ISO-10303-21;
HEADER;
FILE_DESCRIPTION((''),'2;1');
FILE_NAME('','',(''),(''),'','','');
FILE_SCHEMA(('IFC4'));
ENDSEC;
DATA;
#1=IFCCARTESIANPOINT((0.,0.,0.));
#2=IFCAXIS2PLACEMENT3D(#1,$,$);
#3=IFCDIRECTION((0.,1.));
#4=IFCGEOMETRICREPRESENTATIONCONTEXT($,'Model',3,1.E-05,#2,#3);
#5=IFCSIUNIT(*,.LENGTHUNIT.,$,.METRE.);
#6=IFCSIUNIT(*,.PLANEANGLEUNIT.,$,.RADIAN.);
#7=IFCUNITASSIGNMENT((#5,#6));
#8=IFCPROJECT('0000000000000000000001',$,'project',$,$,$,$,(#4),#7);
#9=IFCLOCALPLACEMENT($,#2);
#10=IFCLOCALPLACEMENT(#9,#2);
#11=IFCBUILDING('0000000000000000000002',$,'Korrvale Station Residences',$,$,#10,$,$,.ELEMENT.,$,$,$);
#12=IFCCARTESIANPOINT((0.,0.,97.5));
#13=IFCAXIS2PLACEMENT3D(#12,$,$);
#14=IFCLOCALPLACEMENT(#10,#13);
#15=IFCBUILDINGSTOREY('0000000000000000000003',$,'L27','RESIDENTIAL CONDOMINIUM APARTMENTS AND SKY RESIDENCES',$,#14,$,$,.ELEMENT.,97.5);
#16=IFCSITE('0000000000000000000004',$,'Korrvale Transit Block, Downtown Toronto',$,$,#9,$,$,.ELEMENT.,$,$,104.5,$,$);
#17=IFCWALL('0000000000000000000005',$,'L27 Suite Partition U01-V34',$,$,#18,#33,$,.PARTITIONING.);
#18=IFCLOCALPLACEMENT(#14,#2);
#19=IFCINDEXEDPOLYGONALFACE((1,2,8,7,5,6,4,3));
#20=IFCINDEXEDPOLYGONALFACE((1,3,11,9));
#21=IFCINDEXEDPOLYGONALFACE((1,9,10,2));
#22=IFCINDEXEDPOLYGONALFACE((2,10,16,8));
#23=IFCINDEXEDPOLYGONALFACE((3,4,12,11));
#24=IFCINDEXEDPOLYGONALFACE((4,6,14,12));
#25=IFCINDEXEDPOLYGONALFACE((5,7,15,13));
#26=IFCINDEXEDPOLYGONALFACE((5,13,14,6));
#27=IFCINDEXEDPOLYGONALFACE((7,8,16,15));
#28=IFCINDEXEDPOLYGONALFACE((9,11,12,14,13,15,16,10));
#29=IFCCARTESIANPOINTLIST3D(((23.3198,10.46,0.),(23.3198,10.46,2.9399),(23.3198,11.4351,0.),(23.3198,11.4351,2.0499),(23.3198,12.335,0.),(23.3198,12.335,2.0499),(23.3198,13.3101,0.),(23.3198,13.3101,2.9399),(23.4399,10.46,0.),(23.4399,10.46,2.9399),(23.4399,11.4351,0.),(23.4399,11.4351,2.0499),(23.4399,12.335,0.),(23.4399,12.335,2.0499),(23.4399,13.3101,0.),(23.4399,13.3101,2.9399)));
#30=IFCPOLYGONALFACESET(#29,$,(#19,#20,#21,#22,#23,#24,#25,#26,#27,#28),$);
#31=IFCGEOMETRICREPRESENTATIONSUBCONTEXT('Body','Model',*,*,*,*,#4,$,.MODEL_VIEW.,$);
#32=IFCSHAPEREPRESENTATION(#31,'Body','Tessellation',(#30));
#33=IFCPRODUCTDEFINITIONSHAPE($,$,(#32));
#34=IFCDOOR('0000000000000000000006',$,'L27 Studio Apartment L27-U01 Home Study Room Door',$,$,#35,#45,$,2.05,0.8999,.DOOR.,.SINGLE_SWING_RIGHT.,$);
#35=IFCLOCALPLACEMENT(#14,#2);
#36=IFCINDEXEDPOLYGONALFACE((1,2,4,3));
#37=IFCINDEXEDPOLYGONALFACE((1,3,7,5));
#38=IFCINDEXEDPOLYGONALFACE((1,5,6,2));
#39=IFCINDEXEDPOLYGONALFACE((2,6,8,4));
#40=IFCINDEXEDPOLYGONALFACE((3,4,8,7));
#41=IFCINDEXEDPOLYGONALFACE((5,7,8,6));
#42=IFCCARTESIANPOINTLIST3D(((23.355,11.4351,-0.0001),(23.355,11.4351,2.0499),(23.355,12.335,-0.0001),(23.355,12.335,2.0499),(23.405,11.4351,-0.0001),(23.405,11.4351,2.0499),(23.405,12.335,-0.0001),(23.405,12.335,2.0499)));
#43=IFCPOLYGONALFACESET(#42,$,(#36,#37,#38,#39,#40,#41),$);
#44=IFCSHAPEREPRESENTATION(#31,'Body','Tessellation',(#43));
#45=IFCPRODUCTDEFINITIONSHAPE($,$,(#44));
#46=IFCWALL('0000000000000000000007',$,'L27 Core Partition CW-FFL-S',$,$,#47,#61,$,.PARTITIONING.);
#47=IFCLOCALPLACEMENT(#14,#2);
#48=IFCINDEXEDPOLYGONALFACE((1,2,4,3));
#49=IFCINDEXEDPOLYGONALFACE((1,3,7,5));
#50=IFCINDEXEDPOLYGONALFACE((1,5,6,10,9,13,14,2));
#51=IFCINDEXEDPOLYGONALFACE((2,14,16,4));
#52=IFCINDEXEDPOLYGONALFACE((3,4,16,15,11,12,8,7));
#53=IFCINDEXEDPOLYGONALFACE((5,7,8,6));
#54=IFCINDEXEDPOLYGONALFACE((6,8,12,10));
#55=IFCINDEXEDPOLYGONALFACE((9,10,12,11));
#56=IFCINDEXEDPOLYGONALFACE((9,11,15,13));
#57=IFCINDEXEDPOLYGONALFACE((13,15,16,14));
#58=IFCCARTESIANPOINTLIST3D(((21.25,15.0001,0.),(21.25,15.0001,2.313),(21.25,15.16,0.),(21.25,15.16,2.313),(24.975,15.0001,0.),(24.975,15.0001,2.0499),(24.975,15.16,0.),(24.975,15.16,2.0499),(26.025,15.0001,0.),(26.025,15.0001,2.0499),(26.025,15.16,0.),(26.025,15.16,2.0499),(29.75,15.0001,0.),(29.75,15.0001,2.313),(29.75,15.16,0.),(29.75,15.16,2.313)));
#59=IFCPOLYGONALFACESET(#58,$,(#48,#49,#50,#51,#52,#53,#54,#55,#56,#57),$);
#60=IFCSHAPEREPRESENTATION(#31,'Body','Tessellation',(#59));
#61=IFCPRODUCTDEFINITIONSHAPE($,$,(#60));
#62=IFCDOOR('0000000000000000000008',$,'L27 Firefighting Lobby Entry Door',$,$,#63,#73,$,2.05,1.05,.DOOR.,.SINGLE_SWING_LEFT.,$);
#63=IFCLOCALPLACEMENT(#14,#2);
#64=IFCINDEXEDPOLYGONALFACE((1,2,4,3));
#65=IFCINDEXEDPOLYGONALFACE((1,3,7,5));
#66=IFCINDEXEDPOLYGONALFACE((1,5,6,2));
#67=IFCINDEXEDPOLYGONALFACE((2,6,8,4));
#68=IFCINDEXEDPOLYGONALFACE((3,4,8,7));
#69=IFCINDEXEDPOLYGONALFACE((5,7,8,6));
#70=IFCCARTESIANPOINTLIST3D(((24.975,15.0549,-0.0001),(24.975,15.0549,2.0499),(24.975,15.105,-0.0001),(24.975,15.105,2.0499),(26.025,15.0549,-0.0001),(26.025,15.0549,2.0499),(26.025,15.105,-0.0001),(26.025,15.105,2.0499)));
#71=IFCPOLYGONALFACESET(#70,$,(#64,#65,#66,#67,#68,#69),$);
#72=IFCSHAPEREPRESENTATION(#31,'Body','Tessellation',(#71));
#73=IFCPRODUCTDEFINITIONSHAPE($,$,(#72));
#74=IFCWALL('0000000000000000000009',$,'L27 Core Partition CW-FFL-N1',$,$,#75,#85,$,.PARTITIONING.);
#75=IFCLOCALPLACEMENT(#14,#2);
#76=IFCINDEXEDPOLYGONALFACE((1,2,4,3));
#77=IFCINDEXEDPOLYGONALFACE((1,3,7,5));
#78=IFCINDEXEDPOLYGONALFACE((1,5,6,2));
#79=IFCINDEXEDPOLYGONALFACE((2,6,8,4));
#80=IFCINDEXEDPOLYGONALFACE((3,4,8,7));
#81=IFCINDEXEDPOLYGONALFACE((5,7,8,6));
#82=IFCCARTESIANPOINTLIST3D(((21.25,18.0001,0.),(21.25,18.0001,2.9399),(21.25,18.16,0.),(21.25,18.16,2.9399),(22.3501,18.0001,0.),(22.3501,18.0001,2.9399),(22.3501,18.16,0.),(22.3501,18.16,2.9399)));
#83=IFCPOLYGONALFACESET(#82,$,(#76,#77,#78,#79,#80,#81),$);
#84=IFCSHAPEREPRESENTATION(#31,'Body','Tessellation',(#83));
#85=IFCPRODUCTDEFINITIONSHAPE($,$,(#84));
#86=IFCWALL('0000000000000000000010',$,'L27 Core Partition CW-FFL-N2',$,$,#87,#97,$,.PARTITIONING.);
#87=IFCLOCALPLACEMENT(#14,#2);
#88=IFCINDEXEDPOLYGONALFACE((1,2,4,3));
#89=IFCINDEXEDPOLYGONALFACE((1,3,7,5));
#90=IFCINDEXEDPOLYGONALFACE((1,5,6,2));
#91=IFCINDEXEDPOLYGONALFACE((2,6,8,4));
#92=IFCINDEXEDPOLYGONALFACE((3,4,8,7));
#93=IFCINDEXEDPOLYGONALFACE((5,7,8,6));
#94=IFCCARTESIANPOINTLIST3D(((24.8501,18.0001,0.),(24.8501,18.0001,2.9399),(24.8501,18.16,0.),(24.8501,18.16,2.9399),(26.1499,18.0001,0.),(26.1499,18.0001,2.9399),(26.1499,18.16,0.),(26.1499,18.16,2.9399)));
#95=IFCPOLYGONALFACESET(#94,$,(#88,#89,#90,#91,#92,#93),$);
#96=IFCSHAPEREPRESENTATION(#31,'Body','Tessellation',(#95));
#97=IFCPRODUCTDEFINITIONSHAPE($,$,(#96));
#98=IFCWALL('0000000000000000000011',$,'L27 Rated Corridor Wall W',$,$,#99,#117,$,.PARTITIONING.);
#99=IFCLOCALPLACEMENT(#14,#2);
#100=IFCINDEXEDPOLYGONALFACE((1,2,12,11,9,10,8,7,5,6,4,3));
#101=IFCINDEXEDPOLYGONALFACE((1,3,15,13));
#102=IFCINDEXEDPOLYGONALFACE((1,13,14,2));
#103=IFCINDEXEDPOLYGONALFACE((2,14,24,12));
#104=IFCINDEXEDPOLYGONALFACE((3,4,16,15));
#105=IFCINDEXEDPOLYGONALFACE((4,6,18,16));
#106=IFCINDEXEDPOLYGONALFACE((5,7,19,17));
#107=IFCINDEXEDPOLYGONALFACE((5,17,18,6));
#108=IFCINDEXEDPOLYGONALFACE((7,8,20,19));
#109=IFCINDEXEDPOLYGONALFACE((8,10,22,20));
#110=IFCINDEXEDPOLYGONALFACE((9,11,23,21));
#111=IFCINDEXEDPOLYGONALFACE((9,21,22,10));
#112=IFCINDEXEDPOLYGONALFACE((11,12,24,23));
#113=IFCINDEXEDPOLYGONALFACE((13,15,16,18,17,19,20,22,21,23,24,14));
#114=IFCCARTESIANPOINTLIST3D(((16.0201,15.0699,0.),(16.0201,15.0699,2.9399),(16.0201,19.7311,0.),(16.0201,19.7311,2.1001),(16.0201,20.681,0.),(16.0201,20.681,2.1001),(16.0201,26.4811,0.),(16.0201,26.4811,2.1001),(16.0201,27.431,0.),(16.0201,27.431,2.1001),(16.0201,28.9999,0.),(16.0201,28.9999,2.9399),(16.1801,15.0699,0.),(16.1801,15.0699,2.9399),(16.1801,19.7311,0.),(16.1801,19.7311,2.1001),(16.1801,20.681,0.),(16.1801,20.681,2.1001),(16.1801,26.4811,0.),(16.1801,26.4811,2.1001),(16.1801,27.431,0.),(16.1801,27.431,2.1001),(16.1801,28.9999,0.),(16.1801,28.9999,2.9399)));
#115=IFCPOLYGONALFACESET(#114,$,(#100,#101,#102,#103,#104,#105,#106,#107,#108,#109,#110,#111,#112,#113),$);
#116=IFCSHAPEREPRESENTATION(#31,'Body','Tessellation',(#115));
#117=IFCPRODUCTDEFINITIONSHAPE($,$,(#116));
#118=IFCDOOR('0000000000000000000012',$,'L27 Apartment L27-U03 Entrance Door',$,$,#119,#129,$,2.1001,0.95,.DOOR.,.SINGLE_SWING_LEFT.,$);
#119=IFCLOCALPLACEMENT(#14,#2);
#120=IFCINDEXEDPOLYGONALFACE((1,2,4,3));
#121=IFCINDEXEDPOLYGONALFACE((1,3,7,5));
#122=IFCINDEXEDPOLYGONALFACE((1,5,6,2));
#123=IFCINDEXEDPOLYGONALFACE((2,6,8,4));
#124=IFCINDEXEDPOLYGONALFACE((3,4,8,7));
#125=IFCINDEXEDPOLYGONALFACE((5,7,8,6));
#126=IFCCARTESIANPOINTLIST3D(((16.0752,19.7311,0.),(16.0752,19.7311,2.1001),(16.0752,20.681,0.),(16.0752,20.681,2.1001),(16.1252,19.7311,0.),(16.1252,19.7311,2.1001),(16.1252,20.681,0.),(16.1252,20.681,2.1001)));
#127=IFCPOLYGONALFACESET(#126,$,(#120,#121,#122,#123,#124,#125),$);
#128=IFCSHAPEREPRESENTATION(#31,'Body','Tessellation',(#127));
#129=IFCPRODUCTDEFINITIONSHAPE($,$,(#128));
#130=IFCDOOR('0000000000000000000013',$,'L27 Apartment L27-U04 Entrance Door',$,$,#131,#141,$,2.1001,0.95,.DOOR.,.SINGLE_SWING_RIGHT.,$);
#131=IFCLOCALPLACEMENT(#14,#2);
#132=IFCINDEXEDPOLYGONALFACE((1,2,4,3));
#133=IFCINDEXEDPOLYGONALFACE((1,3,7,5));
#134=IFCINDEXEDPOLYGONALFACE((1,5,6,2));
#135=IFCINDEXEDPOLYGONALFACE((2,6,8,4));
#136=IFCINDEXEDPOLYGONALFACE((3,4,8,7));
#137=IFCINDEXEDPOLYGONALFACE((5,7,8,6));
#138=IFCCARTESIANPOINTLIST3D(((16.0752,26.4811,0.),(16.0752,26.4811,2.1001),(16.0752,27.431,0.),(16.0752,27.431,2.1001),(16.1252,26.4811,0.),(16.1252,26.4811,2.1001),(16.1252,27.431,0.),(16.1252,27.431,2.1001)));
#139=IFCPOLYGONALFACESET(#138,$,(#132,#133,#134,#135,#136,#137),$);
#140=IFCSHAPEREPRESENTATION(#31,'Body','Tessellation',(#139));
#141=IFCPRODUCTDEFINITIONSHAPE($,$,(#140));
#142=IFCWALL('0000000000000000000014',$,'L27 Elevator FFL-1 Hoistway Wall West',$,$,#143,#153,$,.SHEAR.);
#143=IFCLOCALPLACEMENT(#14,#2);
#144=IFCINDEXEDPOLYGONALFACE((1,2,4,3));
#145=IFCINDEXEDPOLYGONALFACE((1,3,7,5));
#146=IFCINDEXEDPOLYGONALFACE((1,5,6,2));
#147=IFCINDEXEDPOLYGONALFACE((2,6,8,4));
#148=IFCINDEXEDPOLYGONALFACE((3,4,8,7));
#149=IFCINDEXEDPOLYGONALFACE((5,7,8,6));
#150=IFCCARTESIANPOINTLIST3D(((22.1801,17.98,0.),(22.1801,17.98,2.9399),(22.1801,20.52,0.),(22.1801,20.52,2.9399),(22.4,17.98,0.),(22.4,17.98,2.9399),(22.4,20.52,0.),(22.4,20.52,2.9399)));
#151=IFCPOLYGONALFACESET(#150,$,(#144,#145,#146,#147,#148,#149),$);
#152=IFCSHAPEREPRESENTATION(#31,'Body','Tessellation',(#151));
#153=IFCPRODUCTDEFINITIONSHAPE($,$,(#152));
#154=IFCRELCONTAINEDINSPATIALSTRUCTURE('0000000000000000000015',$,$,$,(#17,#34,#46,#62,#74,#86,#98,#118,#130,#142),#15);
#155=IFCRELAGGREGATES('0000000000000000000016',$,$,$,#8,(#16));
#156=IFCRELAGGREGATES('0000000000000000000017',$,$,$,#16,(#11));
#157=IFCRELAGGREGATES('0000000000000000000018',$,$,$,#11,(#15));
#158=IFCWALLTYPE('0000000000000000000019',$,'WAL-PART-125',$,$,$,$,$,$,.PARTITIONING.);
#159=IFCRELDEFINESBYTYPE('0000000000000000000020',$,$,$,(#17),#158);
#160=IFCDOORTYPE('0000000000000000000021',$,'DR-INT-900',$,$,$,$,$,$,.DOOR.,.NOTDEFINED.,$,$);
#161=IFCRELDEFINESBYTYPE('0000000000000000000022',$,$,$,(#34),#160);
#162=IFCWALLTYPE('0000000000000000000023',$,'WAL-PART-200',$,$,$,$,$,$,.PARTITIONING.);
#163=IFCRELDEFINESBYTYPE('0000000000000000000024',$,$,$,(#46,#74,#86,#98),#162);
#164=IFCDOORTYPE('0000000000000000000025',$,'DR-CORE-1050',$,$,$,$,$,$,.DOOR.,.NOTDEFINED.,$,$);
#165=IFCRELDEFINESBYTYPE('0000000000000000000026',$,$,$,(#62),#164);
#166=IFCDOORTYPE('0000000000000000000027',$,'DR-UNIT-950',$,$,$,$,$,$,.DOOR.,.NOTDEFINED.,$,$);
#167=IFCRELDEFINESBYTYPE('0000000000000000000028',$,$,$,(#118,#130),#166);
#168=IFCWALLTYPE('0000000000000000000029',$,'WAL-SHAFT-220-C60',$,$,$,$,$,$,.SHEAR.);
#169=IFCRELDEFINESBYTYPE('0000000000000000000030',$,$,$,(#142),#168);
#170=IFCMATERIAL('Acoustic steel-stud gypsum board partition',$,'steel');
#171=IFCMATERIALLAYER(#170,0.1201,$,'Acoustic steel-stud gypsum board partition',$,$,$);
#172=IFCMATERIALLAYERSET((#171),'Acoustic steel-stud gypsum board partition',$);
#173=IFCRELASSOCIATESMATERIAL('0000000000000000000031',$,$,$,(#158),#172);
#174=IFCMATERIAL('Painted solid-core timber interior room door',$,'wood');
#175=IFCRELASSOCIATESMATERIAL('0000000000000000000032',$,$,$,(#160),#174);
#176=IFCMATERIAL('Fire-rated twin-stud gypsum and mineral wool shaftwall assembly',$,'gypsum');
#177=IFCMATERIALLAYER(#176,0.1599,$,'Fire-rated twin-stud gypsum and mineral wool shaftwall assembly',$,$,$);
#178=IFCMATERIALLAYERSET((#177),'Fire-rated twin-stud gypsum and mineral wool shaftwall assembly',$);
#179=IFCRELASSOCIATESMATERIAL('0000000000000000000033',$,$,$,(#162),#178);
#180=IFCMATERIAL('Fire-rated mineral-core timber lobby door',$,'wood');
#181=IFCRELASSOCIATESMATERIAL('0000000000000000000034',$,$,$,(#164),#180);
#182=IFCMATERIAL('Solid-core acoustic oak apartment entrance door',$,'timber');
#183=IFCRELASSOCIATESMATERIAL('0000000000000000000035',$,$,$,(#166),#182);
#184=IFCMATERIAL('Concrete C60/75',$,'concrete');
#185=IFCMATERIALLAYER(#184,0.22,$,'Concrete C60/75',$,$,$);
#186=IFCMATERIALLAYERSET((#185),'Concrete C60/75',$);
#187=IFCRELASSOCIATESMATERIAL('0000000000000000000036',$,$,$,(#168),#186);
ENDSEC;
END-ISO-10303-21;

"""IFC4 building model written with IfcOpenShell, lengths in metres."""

from ifc_helpers import new_model, si_unit, direction, frame, frame_2d, origin, place, context, subcontext, project, spatial, rectangle, extrude, material, layer, layer_set, type_object, element, fill, save


model = new_model("IFC4")

# Units and contexts
model_context = context("Model", 3, precision=1e-05, world=origin(), true_north=direction((0.0, 1.0)))
body_context = subcontext(model_context, "Body", "Model", "MODEL_VIEW")
ifc_project = project(units=[si_unit("LENGTHUNIT", "METRE"), si_unit("PLANEANGLEUNIT", "RADIAN")], contexts=[model_context])

# Site, building, storey
site_placement = place(None, origin())
site = spatial("IfcSite", under=ifc_project, at=site_placement, Name="Korrvale Transit Block, Downtown Toronto", CompositionType="ELEMENT", RefElevation=104.5)
building_placement = place(site_placement, origin())
building = spatial("IfcBuilding", under=site, at=building_placement, Name="Korrvale Station Residences", CompositionType="ELEMENT")
storey_placement = place(building_placement, frame((0.0, 0.0, 97.5)))
storey = spatial("IfcBuildingStorey", under=building, at=storey_placement, Name="L27", Description="RESIDENTIAL CONDOMINIUM APARTMENTS AND SKY RESIDENCES", CompositionType="ELEMENT", Elevation=97.5)

# Shared definitions
ifc_material_1 = material(Name="Concrete C60/75", Category="concrete")

# Shared definitions
ifc_material_2 = material(Name="Acoustic steel-stud gypsum board partition", Category="steel")
ifc_layer_1 = layer(ifc_material_2, 0.1201, Name="Acoustic steel-stud gypsum board partition")
ifc_layer_set_1 = layer_set([ifc_layer_1], Name="Acoustic steel-stud gypsum board partition")
wall_type_1 = type_object("IfcWallType", Name="WAL-PART-125", PredefinedType="PARTITIONING", material=ifc_layer_set_1)

# Walls, openings, doors
ifc_material_3 = material(Name="Painted solid-core timber interior room door", Category="wood")
door_type_1 = type_object("IfcDoorType", Name="DR-INT-900", OperationType="NOTDEFINED", PredefinedType="DOOR", material=ifc_material_3)
wall_1_placement = place(storey_placement, frame((23.3799, 10.46, 0.0), z_axis=(0.0, 0.0, 1.0), x_axis=(0.0, 1.0, 0.0)))
wall_1 = element("IfcWall", 1, at=wall_1_placement, inside=storey, type_object=wall_type_1, Name="L27 Suite Partition U01-V34", PredefinedType="PARTITIONING", context=body_context, shape_type="SweptSolid", body=[
    extrude(rectangle(XDim=2.8501, YDim=0.1201, at=frame_2d((1.425, 0.0))), origin(), (0.0, 0.0, 1.0), 2.9399),
])
opening_1_placement = place(wall_1_placement, frame((0.9751, 0.0, 0.0)))
opening_1 = element("IfcOpeningElement", 2, at=opening_1_placement, cuts=wall_1, PredefinedType="OPENING", context=body_context, shape_type="SweptSolid", body=[
    extrude(rectangle(XDim=0.8999, YDim=2.05, at=frame_2d((0.45, 1.0249))), frame((0.0, 0.0701, 0.0), z_axis=(0.0, -1.0, 0.0), x_axis=(1.0, 0.0, 0.0)), (0.0, 0.0, 1.0), 0.1401),
])
door_1_placement = place(opening_1_placement, origin())
door_1 = element("IfcDoor", 3, at=door_1_placement, inside=storey, type_object=door_type_1, Name="L27 Studio Apartment L27-U01 Home Study Room Door", OperationType="SINGLE_SWING_RIGHT", OverallHeight=2.05, OverallWidth=0.8999, PredefinedType="DOOR", context=body_context, shape_type="SweptSolid", body=[
    extrude(rectangle(XDim=0.8999, YDim=2.05, at=frame_2d((0.45, 1.0249))), frame((0.0, 0.0249, 0.0), z_axis=(0.0, -1.0, 0.0), x_axis=(1.0, 0.0, 0.0)), (0.0, 0.0, 1.0), 0.05),
])
fill(opening_1, door_1)
ifc_material_4 = material(Name="Fire-rated twin-stud gypsum and mineral wool shaftwall assembly", Category="gypsum")
ifc_layer_2 = layer(ifc_material_4, 0.1599, Name="Fire-rated twin-stud gypsum and mineral wool shaftwall assembly")
ifc_layer_set_2 = layer_set([ifc_layer_2], Name="Fire-rated twin-stud gypsum and mineral wool shaftwall assembly")
wall_type_2 = type_object("IfcWallType", Name="WAL-PART-200", PredefinedType="PARTITIONING", material=ifc_layer_set_2)
wall_2_placement = place(storey_placement, frame((21.25, 15.0801, 0.0), z_axis=(0.0, 0.0, 1.0), x_axis=(1.0, 0.0, 0.0)))
wall_2 = element("IfcWall", 4, at=wall_2_placement, inside=storey, type_object=wall_type_2, Name="L27 Core Partition CW-FFL-S", PredefinedType="PARTITIONING", context=body_context, shape_type="SweptSolid", body=[
    extrude(rectangle(XDim=8.5, YDim=0.1599, at=frame_2d((4.25, 0.0))), origin(), (0.0, 0.0, 1.0), 2.313),
])
opening_2_placement = place(wall_2_placement, frame((3.7251, 0.0, 0.0)))
opening_2 = element("IfcOpeningElement", 5, at=opening_2_placement, cuts=wall_2, PredefinedType="OPENING", context=body_context, shape_type="SweptSolid", body=[
    extrude(rectangle(XDim=1.05, YDim=2.05, at=frame_2d((0.5249, 1.0249))), frame((0.0, 0.0898, 0.0), z_axis=(0.0, -1.0, 0.0), x_axis=(1.0, 0.0, 0.0)), (0.0, 0.0, 1.0), 0.1799),
])
ifc_material_5 = material(Name="Fire-rated mineral-core timber lobby door", Category="wood")
door_type_2 = type_object("IfcDoorType", Name="DR-CORE-1050", OperationType="NOTDEFINED", PredefinedType="DOOR", material=ifc_material_5)
door_2_placement = place(opening_2_placement, origin())
door_2 = element("IfcDoor", 6, at=door_2_placement, inside=storey, type_object=door_type_2, Name="L27 Firefighting Lobby Entry Door", OperationType="SINGLE_SWING_LEFT", OverallHeight=2.05, OverallWidth=1.05, PredefinedType="DOOR", context=body_context, shape_type="SweptSolid", body=[
    extrude(rectangle(XDim=1.05, YDim=2.05, at=frame_2d((0.5249, 1.0249))), frame((0.0, 0.0249, 0.0), z_axis=(0.0, -1.0, 0.0), x_axis=(1.0, 0.0, 0.0)), (0.0, 0.0, 1.0), 0.05),
])
fill(opening_2, door_2)

# Walls
wall_3_placement = place(storey_placement, frame((21.25, 18.0801, 0.0), z_axis=(0.0, 0.0, 1.0), x_axis=(1.0, 0.0, 0.0)))
element("IfcWall", 7, at=wall_3_placement, inside=storey, type_object=wall_type_2, Name="L27 Core Partition CW-FFL-N1", PredefinedType="PARTITIONING", context=body_context, shape_type="SweptSolid", body=[
    extrude(rectangle(XDim=1.1001, YDim=0.1599, at=frame_2d((0.55, 0.0))), origin(), (0.0, 0.0, 1.0), 2.9399),
])
wall_4_placement = place(storey_placement, frame((24.8501, 18.0801, 0.0), z_axis=(0.0, 0.0, 1.0), x_axis=(1.0, 0.0, 0.0)))
element("IfcWall", 8, at=wall_4_placement, inside=storey, type_object=wall_type_2, Name="L27 Core Partition CW-FFL-N2", PredefinedType="PARTITIONING", context=body_context, shape_type="SweptSolid", body=[
    extrude(rectangle(XDim=1.2998, YDim=0.1599, at=frame_2d((0.6499, 0.0))), origin(), (0.0, 0.0, 1.0), 2.9399),
])

# Wall, openings, doors
wall_5_placement = place(storey_placement, frame((16.1001, 15.0701, 0.0), z_axis=(0.0, 0.0, 1.0), x_axis=(0.0, 1.0, 0.0)))
wall_5 = element("IfcWall", 9, at=wall_5_placement, inside=storey, type_object=wall_type_2, Name="L27 Rated Corridor Wall W", PredefinedType="PARTITIONING", context=body_context, shape_type="SweptSolid", body=[
    extrude(rectangle(XDim=13.9299, YDim=0.1599, at=frame_2d((6.9648, 0.0))), origin(), (0.0, 0.0, 1.0), 2.9399),
])
opening_3_placement = place(wall_5_placement, frame((4.6609, 0.0, 0.0)))
opening_3 = element("IfcOpeningElement", 10, at=opening_3_placement, cuts=wall_5, PredefinedType="OPENING", context=body_context, shape_type="SweptSolid", body=[
    extrude(rectangle(XDim=0.95, YDim=2.1001, at=frame_2d((0.4751, 1.05))), frame((0.0, 0.0898, 0.0), z_axis=(0.0, -1.0, 0.0), x_axis=(1.0, 0.0, 0.0)), (0.0, 0.0, 1.0), 0.1799),
])
opening_4_placement = place(wall_5_placement, frame((11.4109, 0.0, 0.0)))
opening_4 = element("IfcOpeningElement", 11, at=opening_4_placement, cuts=wall_5, PredefinedType="OPENING", context=body_context, shape_type="SweptSolid", body=[
    extrude(rectangle(XDim=0.95, YDim=2.1001, at=frame_2d((0.4751, 1.05))), frame((0.0, 0.0898, 0.0), z_axis=(0.0, -1.0, 0.0), x_axis=(1.0, 0.0, 0.0)), (0.0, 0.0, 1.0), 0.1799),
])
ifc_material_6 = material(Name="Solid-core acoustic oak apartment entrance door", Category="timber")
door_type_3 = type_object("IfcDoorType", Name="DR-UNIT-950", OperationType="NOTDEFINED", PredefinedType="DOOR", material=ifc_material_6)
door_3_placement = place(opening_3_placement, origin())
door_3 = element("IfcDoor", 12, at=door_3_placement, inside=storey, type_object=door_type_3, Name="L27 Apartment L27-U03 Entrance Door", OperationType="SINGLE_SWING_LEFT", OverallHeight=2.1001, OverallWidth=0.95, PredefinedType="DOOR", context=body_context, shape_type="SweptSolid", body=[
    extrude(rectangle(XDim=0.95, YDim=2.1001, at=frame_2d((0.4751, 1.05))), frame((0.0, 0.0249, 0.0), z_axis=(0.0, -1.0, 0.0), x_axis=(1.0, 0.0, 0.0)), (0.0, 0.0, 1.0), 0.05),
])
fill(opening_3, door_3)
door_4_placement = place(opening_4_placement, origin())
door_4 = element("IfcDoor", 13, at=door_4_placement, inside=storey, type_object=door_type_3, Name="L27 Apartment L27-U04 Entrance Door", OperationType="SINGLE_SWING_RIGHT", OverallHeight=2.1001, OverallWidth=0.95, PredefinedType="DOOR", context=body_context, shape_type="SweptSolid", body=[
    extrude(rectangle(XDim=0.95, YDim=2.1001, at=frame_2d((0.4751, 1.05))), frame((0.0, 0.0249, 0.0), z_axis=(0.0, -1.0, 0.0), x_axis=(1.0, 0.0, 0.0)), (0.0, 0.0, 1.0), 0.05),
])
fill(opening_4, door_4)

# Shared definitions
ifc_layer_3 = layer(ifc_material_1, 0.22, Name="Concrete C60/75")
ifc_layer_set_3 = layer_set([ifc_layer_3], Name="Concrete C60/75")
wall_type_3 = type_object("IfcWallType", Name="WAL-SHAFT-220-C60", PredefinedType="SHEAR", material=ifc_layer_set_3)

# Wall
wall_6_placement = place(storey_placement, frame((22.29, 17.98, 0.0), z_axis=(0.0, 0.0, 1.0), x_axis=(0.0, 1.0, 0.0)))
element("IfcWall", 14, at=wall_6_placement, inside=storey, type_object=wall_type_3, Name="L27 Elevator FFL-1 Hoistway Wall West", PredefinedType="SHEAR", context=body_context, shape_type="SweptSolid", body=[
    extrude(rectangle(XDim=2.54, YDim=0.22, at=frame_2d((1.27, 0.0))), origin(), (0.0, 0.0, 1.0), 2.9399),
])

save(model, "model.ifc")
